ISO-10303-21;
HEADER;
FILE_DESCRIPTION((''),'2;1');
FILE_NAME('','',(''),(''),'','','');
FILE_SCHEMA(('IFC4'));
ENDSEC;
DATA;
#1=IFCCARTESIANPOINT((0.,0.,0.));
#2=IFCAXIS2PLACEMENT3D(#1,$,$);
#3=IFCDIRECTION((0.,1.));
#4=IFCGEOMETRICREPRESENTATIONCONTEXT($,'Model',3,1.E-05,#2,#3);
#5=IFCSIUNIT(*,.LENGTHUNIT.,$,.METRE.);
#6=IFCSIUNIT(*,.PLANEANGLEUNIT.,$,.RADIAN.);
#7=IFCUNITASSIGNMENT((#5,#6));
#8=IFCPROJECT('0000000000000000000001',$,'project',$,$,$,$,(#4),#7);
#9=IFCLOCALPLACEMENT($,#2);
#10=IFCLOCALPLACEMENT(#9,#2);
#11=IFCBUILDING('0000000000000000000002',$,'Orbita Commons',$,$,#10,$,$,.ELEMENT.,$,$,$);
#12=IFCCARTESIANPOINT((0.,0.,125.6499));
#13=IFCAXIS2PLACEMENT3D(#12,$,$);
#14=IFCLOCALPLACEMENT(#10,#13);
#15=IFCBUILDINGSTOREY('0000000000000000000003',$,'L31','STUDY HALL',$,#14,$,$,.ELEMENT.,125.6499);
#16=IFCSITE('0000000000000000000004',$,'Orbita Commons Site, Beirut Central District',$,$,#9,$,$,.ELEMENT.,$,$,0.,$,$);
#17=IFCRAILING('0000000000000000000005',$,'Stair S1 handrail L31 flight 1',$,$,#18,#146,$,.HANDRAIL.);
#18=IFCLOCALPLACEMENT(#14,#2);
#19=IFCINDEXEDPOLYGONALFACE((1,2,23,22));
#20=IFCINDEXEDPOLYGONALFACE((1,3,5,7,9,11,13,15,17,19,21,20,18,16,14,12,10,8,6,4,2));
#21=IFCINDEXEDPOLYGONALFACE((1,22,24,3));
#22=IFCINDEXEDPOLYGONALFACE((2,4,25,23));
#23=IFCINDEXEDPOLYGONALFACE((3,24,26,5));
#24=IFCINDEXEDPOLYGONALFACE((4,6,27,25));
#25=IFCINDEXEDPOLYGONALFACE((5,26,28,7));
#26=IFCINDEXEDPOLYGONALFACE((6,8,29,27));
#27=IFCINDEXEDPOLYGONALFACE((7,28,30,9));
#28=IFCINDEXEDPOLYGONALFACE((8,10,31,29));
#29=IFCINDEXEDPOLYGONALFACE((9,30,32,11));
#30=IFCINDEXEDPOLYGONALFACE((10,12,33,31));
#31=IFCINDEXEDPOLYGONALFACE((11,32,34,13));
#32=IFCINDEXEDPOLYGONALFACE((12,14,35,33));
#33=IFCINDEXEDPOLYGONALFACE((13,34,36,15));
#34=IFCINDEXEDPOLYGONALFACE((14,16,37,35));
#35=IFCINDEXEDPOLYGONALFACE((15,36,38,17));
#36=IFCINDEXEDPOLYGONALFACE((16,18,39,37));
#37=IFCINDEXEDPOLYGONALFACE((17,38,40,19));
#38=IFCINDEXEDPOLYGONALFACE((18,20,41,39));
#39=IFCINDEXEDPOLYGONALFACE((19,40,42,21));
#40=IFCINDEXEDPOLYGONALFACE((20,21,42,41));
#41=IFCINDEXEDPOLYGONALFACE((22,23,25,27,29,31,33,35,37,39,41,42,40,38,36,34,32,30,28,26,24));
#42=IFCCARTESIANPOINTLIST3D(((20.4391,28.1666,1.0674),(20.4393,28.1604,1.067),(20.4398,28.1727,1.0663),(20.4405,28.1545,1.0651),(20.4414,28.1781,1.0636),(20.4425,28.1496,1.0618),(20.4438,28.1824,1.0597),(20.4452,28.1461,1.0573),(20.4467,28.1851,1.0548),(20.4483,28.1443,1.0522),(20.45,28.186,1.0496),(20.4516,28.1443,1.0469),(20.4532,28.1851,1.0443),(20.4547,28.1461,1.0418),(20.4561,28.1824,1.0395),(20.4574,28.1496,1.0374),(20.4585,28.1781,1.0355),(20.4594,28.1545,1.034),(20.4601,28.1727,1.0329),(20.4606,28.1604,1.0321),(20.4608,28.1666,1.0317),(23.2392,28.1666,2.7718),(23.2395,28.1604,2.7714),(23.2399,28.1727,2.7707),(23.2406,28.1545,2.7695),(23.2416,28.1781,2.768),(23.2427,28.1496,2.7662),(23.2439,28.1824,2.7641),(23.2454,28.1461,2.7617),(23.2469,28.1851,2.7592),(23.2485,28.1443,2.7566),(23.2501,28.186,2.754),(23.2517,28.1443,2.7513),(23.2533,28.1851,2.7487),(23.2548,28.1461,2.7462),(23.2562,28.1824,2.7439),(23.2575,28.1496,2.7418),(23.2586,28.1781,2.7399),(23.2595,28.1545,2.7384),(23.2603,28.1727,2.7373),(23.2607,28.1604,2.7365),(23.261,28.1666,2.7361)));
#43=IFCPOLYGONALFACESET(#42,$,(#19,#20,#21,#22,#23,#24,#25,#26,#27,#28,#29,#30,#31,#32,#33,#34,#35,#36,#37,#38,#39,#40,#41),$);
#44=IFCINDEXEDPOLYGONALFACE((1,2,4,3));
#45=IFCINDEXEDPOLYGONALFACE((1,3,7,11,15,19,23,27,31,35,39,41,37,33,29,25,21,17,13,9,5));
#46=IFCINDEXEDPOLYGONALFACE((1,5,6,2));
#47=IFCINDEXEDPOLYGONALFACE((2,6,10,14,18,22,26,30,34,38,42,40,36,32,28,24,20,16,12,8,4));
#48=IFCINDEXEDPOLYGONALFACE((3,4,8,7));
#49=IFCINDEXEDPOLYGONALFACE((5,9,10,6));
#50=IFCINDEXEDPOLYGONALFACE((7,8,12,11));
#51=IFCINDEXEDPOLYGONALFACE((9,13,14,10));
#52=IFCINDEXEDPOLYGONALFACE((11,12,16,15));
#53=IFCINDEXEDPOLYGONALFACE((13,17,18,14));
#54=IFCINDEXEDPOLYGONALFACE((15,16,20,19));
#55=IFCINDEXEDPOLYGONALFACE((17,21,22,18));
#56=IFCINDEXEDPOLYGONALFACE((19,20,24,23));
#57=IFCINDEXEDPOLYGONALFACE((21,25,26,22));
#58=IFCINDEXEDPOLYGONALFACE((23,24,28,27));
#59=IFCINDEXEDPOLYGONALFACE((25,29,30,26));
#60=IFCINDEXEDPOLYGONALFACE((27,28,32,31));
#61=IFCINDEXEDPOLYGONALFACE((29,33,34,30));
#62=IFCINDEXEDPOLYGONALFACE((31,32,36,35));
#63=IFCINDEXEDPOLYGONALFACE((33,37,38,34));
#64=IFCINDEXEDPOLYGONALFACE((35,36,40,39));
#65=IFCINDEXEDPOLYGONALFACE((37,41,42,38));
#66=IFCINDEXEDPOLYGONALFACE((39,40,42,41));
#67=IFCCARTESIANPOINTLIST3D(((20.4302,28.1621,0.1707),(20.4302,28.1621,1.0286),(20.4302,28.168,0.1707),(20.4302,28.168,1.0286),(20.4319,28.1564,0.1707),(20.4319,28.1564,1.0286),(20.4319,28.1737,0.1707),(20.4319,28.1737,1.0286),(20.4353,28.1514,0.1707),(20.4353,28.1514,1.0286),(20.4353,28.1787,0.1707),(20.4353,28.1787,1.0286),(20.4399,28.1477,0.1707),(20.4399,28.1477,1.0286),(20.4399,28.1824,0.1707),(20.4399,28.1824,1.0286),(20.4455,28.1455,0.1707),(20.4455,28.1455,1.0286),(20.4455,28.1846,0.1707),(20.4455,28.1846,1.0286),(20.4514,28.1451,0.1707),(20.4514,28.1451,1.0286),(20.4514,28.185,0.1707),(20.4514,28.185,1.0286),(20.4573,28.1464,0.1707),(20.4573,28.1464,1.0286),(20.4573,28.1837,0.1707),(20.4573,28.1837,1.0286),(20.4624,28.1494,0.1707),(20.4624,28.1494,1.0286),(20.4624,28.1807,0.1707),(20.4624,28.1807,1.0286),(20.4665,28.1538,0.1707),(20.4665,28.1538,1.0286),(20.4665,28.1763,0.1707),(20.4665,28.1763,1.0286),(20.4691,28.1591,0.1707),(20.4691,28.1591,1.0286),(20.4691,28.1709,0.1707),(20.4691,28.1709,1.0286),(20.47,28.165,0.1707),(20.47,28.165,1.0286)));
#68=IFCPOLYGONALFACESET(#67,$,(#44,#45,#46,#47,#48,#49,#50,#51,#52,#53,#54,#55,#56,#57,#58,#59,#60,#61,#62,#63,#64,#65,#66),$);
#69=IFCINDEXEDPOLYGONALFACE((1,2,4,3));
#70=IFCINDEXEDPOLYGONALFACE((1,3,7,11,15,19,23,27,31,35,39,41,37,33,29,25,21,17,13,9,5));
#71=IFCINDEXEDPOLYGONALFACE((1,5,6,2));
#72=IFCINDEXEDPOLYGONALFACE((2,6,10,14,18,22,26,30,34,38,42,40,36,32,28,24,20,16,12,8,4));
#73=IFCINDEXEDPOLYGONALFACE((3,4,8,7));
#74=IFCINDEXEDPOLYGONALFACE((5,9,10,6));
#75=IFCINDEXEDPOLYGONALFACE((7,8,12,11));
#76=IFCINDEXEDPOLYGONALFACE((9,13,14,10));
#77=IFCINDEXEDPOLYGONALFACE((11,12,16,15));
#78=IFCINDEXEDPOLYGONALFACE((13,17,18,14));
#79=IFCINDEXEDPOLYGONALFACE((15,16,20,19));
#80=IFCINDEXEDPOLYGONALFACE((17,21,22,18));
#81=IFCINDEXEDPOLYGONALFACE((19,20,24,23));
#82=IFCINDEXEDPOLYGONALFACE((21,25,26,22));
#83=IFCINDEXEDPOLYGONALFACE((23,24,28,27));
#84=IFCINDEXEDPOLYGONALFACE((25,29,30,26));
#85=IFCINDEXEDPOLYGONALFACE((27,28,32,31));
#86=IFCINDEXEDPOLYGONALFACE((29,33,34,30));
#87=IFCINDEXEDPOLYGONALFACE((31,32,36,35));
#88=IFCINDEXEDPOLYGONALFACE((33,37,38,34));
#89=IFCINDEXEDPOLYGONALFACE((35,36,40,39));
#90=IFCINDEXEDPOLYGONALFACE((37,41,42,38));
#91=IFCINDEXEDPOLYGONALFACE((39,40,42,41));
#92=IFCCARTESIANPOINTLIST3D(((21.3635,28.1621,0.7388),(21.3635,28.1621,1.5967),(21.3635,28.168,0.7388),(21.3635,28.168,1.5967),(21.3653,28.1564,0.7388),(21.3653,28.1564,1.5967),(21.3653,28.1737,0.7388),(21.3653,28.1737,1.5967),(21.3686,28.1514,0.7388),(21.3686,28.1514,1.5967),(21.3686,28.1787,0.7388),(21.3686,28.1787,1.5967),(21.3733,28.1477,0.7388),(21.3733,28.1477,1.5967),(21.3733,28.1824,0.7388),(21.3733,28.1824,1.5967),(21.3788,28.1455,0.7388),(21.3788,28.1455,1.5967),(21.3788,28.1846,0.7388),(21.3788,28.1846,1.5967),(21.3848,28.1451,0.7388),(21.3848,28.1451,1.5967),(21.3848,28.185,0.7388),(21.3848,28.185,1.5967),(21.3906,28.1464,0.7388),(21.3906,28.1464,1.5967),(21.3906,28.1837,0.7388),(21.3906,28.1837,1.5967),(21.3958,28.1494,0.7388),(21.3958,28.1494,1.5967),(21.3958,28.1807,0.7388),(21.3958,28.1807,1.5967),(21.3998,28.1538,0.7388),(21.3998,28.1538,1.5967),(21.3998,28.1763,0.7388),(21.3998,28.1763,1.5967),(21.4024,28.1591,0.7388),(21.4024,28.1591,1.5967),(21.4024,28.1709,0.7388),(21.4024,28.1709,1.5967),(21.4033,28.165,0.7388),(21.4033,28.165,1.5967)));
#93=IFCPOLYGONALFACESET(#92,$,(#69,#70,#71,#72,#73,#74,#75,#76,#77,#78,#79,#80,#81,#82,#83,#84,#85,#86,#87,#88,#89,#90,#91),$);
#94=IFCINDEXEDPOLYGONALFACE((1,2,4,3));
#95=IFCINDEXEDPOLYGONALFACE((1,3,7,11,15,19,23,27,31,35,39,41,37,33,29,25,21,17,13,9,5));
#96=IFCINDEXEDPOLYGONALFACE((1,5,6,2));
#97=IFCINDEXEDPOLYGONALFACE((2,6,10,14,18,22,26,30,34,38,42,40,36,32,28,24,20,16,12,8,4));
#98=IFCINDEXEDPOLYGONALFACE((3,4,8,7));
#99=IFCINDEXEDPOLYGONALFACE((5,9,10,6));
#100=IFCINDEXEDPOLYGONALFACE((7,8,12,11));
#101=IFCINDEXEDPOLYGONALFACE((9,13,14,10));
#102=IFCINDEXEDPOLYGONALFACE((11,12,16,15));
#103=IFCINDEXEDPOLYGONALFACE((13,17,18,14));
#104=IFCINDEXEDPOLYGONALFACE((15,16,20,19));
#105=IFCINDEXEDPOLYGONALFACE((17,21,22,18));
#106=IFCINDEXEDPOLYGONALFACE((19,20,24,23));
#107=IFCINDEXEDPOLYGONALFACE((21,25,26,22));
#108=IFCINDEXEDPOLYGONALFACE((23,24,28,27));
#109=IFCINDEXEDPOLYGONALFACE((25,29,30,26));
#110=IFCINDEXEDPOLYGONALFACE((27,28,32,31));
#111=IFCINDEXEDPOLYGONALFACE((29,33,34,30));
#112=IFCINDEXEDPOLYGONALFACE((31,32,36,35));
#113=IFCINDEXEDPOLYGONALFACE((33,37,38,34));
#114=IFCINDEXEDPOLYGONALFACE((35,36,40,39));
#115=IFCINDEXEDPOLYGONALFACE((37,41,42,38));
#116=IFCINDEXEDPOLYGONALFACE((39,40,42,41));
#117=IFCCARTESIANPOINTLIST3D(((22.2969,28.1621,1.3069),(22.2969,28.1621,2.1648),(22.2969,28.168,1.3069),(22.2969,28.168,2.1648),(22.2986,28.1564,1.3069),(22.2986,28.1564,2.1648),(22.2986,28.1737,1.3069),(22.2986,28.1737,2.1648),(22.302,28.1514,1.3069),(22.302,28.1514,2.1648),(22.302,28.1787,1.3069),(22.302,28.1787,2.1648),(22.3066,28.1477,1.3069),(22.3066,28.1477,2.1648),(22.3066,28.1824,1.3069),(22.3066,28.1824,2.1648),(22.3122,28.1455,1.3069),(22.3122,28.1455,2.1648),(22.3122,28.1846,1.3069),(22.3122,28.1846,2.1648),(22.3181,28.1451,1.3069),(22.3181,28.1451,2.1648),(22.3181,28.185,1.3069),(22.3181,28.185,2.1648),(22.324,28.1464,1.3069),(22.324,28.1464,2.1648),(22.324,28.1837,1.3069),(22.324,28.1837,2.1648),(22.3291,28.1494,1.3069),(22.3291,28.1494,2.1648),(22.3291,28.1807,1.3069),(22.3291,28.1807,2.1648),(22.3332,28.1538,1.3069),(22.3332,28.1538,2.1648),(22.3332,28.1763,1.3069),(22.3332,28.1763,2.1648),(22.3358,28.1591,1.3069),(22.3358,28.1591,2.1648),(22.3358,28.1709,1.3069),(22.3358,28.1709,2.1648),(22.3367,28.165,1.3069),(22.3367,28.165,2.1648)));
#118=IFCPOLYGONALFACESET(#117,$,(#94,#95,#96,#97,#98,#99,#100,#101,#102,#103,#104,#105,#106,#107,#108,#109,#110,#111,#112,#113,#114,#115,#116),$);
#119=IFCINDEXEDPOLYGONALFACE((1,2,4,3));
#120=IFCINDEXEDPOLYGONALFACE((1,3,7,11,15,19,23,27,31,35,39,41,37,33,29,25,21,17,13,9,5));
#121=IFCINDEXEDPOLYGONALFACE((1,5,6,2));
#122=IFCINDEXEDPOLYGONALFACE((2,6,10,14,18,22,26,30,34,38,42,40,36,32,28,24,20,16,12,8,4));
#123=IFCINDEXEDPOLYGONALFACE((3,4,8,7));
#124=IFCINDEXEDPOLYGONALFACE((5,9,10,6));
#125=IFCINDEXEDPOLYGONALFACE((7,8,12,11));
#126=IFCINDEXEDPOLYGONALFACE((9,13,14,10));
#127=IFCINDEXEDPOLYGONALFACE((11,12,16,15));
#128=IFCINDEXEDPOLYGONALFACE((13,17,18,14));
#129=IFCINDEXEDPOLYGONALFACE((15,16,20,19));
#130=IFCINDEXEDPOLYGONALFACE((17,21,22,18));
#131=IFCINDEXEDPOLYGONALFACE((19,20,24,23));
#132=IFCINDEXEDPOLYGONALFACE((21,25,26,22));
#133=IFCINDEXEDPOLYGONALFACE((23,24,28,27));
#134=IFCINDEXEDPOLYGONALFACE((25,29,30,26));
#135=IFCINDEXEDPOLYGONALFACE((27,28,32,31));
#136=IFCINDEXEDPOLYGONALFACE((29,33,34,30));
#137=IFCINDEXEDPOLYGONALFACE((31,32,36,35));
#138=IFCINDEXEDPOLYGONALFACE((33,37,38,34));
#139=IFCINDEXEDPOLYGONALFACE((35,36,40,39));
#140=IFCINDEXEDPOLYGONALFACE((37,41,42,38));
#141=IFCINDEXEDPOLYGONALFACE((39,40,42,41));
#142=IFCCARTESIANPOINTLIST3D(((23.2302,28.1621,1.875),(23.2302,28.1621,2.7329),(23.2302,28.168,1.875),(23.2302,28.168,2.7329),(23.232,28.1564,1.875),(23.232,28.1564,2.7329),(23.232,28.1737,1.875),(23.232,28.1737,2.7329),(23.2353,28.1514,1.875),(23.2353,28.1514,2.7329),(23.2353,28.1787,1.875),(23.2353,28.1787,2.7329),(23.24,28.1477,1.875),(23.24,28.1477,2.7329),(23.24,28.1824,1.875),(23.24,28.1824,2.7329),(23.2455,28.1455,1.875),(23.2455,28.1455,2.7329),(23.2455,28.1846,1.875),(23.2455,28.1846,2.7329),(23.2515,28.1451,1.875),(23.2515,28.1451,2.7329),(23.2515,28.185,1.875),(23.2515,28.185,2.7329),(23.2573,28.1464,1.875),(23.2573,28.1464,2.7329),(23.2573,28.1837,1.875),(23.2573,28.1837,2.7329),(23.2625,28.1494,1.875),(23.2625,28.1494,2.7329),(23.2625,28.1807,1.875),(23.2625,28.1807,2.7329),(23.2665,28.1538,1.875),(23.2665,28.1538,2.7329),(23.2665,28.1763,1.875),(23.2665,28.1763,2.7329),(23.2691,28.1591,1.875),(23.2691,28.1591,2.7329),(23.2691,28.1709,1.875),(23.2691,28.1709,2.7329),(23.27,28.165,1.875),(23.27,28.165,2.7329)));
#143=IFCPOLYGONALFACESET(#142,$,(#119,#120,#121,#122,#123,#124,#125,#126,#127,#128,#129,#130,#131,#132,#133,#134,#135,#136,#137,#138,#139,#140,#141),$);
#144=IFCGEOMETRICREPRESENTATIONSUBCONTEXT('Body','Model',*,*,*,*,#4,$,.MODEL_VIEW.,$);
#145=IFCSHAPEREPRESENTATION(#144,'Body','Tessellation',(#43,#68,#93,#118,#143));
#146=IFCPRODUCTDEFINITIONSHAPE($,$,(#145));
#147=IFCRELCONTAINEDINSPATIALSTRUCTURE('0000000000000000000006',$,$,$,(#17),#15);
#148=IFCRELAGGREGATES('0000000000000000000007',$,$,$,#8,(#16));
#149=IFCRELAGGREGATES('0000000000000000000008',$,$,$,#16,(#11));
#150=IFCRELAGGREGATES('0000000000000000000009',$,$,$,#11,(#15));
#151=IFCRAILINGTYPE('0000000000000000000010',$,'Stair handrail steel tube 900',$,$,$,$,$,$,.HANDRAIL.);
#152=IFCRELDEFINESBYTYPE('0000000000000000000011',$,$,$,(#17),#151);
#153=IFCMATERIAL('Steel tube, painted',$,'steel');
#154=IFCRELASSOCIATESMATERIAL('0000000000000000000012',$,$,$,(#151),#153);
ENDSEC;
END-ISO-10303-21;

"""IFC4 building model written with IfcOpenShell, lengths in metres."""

from ifc_helpers import new_model, si_unit, direction, frame, origin, origin_2d, place, context, subcontext, project, spatial, circle, extrude, material, type_object, element, save


model = new_model("IFC4")

# Units and contexts
model_context = context("Model", 3, precision=1e-05, world=origin(), true_north=direction((0.0, 1.0)))
body_context = subcontext(model_context, "Body", "Model", "MODEL_VIEW")
ifc_project = project(units=[si_unit("LENGTHUNIT", "METRE"), si_unit("PLANEANGLEUNIT", "RADIAN")], contexts=[model_context])

# Site, building, storey
site_placement = place(None, origin())
site = spatial("IfcSite", under=ifc_project, at=site_placement, Name="Orbita Commons Site, Beirut Central District", CompositionType="ELEMENT", RefElevation=0.0)
building_placement = place(site_placement, origin())
building = spatial("IfcBuilding", under=site, at=building_placement, Name="Orbita Commons", CompositionType="ELEMENT")
storey_placement = place(building_placement, frame((0.0, 0.0, 125.6499)))
storey = spatial("IfcBuildingStorey", under=building, at=storey_placement, Name="L31", Description="STUDY HALL", CompositionType="ELEMENT", Elevation=125.6499)

# Railing
ifc_material_1 = material(Name="Steel tube, painted", Category="steel")
railing_type = type_object("IfcRailingType", Name="Stair handrail steel tube 900", PredefinedType="HANDRAIL", material=ifc_material_1)
for number, where, name in (
    (1, (20.45, 28.165, 0.1707), "Stair S1 handrail L31 flight 1"),
):
    element("IfcRailing", number, at=place(storey_placement, frame(where)), inside=storey, type_object=railing_type, Name=name, PredefinedType="HANDRAIL", context=body_context, shape_type="SweptSolid", body=[
        extrude(circle(Radius=0.021, at=origin_2d()), frame((0.0, 0.0, 0.8789), z_axis=(0.854203, 0.0, 0.51994), x_axis=(0.0, 1.0, 0.0)), (0.0, 0.0, 1.0), 3.2781),
        extrude(circle(Radius=0.02, at=origin_2d()), origin(), (0.0, 0.0, 1.0), 0.8579),
        extrude(circle(Radius=0.02, at=origin_2d()), frame((0.9333, 0.0, 0.5681)), (0.0, 0.0, 1.0), 0.8579),
        extrude(circle(Radius=0.02, at=origin_2d()), frame((1.8667, 0.0, 1.1362)), (0.0, 0.0, 1.0), 0.8579),
        extrude(circle(Radius=0.02, at=origin_2d()), frame((2.8, 0.0, 1.7043)), (0.0, 0.0, 1.0), 0.8579),
    ])

save(model, "model.ifc")
